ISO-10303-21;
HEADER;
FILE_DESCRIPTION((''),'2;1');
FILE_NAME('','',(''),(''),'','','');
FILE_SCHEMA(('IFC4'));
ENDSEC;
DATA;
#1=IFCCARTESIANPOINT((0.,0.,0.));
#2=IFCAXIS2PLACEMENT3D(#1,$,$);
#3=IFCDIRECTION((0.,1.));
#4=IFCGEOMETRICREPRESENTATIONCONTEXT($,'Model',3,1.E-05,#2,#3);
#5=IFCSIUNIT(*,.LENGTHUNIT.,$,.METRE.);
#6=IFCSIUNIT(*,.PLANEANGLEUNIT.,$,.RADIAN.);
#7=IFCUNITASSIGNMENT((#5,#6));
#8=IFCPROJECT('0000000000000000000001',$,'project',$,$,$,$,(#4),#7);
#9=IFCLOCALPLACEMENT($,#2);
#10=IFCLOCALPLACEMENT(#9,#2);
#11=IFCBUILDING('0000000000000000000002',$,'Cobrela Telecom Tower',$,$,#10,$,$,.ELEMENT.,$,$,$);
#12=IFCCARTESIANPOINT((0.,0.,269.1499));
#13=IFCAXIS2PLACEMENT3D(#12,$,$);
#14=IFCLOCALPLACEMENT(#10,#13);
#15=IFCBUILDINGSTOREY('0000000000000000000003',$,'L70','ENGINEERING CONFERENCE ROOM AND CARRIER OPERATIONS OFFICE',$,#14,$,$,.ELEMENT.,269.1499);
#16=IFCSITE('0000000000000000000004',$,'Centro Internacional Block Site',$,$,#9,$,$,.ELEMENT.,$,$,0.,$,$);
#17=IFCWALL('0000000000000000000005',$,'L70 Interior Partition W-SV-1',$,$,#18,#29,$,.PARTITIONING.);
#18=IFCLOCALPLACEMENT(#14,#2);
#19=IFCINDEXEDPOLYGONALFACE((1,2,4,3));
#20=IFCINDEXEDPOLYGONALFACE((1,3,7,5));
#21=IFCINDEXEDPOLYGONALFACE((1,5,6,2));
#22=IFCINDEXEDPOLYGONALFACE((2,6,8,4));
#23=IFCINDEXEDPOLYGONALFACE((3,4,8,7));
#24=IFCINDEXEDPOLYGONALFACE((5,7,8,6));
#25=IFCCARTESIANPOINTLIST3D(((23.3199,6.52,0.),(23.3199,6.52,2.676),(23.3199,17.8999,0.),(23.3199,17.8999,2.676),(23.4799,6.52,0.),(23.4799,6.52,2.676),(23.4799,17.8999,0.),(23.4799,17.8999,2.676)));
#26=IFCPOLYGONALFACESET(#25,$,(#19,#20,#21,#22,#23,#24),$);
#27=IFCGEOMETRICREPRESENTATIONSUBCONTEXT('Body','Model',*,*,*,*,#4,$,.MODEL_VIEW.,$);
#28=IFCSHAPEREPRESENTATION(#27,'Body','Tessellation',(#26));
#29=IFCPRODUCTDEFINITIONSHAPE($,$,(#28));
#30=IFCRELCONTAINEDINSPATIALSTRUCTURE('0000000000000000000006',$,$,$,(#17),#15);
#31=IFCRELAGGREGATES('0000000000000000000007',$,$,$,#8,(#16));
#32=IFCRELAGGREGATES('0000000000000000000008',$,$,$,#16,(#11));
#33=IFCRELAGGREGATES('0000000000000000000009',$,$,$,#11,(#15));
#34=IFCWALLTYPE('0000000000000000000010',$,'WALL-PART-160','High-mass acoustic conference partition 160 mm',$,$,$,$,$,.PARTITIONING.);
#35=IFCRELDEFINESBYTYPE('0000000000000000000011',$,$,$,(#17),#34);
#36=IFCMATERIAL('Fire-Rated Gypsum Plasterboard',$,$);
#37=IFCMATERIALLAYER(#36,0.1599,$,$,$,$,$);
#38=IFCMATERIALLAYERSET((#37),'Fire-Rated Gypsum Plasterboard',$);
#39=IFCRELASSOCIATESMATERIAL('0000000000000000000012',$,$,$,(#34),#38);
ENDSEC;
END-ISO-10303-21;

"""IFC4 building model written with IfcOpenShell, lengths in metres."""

from ifc_helpers import new_model, si_unit, direction, frame, frame_2d, origin, place, context, subcontext, project, spatial, rectangle, extrude, material, layer, layer_set, type_object, element, save


model = new_model("IFC4")

# Units and contexts
model_context = context("Model", 3, precision=1e-05, world=origin(), true_north=direction((0.0, 1.0)))
body_context = subcontext(model_context, "Body", "Model", "MODEL_VIEW")
ifc_project = project(units=[si_unit("LENGTHUNIT", "METRE"), si_unit("PLANEANGLEUNIT", "RADIAN")], contexts=[model_context])

# Site, building, storey
site_placement = place(None, origin())
site = spatial("IfcSite", under=ifc_project, at=site_placement, Name="Centro Internacional Block Site", CompositionType="ELEMENT", RefElevation=0.0)
building_placement = place(site_placement, origin())
building = spatial("IfcBuilding", under=site, at=building_placement, Name="Cobrela Telecom Tower", CompositionType="ELEMENT")
storey_placement = place(building_placement, frame((0.0, 0.0, 269.1499)))
storey = spatial("IfcBuildingStorey", under=building, at=storey_placement, Name="L70", Description="ENGINEERING CONFERENCE ROOM AND CARRIER OPERATIONS OFFICE", CompositionType="ELEMENT", Elevation=269.1499)

# Shared definitions
ifc_material_1 = material(Name="Fire-Rated Gypsum Plasterboard")

# Shared definitions
ifc_layer_1 = layer(ifc_material_1, 0.1599)
ifc_layer_set_1 = layer_set([ifc_layer_1], Name="Fire-Rated Gypsum Plasterboard")
wall_type_1 = type_object("IfcWallType", Name="WALL-PART-160", Description="High-mass acoustic conference partition 160 mm", PredefinedType="PARTITIONING", material=ifc_layer_set_1)

# Wall
wall_1_placement = place(storey_placement, frame((23.3999, 6.52, 0.0), z_axis=(0.0, 0.0, 1.0), x_axis=(0.0, 1.0, 0.0)))
element("IfcWall", 1, at=wall_1_placement, inside=storey, type_object=wall_type_1, Name="L70 Interior Partition W-SV-1", PredefinedType="PARTITIONING", context=body_context, shape_type="SweptSolid", body=[
    extrude(rectangle(XDim=11.3799, YDim=0.1599, at=frame_2d((5.6899, 0.0))), origin(), (0.0, 0.0, 1.0), 2.676),
])

save(model, "model.ifc")
